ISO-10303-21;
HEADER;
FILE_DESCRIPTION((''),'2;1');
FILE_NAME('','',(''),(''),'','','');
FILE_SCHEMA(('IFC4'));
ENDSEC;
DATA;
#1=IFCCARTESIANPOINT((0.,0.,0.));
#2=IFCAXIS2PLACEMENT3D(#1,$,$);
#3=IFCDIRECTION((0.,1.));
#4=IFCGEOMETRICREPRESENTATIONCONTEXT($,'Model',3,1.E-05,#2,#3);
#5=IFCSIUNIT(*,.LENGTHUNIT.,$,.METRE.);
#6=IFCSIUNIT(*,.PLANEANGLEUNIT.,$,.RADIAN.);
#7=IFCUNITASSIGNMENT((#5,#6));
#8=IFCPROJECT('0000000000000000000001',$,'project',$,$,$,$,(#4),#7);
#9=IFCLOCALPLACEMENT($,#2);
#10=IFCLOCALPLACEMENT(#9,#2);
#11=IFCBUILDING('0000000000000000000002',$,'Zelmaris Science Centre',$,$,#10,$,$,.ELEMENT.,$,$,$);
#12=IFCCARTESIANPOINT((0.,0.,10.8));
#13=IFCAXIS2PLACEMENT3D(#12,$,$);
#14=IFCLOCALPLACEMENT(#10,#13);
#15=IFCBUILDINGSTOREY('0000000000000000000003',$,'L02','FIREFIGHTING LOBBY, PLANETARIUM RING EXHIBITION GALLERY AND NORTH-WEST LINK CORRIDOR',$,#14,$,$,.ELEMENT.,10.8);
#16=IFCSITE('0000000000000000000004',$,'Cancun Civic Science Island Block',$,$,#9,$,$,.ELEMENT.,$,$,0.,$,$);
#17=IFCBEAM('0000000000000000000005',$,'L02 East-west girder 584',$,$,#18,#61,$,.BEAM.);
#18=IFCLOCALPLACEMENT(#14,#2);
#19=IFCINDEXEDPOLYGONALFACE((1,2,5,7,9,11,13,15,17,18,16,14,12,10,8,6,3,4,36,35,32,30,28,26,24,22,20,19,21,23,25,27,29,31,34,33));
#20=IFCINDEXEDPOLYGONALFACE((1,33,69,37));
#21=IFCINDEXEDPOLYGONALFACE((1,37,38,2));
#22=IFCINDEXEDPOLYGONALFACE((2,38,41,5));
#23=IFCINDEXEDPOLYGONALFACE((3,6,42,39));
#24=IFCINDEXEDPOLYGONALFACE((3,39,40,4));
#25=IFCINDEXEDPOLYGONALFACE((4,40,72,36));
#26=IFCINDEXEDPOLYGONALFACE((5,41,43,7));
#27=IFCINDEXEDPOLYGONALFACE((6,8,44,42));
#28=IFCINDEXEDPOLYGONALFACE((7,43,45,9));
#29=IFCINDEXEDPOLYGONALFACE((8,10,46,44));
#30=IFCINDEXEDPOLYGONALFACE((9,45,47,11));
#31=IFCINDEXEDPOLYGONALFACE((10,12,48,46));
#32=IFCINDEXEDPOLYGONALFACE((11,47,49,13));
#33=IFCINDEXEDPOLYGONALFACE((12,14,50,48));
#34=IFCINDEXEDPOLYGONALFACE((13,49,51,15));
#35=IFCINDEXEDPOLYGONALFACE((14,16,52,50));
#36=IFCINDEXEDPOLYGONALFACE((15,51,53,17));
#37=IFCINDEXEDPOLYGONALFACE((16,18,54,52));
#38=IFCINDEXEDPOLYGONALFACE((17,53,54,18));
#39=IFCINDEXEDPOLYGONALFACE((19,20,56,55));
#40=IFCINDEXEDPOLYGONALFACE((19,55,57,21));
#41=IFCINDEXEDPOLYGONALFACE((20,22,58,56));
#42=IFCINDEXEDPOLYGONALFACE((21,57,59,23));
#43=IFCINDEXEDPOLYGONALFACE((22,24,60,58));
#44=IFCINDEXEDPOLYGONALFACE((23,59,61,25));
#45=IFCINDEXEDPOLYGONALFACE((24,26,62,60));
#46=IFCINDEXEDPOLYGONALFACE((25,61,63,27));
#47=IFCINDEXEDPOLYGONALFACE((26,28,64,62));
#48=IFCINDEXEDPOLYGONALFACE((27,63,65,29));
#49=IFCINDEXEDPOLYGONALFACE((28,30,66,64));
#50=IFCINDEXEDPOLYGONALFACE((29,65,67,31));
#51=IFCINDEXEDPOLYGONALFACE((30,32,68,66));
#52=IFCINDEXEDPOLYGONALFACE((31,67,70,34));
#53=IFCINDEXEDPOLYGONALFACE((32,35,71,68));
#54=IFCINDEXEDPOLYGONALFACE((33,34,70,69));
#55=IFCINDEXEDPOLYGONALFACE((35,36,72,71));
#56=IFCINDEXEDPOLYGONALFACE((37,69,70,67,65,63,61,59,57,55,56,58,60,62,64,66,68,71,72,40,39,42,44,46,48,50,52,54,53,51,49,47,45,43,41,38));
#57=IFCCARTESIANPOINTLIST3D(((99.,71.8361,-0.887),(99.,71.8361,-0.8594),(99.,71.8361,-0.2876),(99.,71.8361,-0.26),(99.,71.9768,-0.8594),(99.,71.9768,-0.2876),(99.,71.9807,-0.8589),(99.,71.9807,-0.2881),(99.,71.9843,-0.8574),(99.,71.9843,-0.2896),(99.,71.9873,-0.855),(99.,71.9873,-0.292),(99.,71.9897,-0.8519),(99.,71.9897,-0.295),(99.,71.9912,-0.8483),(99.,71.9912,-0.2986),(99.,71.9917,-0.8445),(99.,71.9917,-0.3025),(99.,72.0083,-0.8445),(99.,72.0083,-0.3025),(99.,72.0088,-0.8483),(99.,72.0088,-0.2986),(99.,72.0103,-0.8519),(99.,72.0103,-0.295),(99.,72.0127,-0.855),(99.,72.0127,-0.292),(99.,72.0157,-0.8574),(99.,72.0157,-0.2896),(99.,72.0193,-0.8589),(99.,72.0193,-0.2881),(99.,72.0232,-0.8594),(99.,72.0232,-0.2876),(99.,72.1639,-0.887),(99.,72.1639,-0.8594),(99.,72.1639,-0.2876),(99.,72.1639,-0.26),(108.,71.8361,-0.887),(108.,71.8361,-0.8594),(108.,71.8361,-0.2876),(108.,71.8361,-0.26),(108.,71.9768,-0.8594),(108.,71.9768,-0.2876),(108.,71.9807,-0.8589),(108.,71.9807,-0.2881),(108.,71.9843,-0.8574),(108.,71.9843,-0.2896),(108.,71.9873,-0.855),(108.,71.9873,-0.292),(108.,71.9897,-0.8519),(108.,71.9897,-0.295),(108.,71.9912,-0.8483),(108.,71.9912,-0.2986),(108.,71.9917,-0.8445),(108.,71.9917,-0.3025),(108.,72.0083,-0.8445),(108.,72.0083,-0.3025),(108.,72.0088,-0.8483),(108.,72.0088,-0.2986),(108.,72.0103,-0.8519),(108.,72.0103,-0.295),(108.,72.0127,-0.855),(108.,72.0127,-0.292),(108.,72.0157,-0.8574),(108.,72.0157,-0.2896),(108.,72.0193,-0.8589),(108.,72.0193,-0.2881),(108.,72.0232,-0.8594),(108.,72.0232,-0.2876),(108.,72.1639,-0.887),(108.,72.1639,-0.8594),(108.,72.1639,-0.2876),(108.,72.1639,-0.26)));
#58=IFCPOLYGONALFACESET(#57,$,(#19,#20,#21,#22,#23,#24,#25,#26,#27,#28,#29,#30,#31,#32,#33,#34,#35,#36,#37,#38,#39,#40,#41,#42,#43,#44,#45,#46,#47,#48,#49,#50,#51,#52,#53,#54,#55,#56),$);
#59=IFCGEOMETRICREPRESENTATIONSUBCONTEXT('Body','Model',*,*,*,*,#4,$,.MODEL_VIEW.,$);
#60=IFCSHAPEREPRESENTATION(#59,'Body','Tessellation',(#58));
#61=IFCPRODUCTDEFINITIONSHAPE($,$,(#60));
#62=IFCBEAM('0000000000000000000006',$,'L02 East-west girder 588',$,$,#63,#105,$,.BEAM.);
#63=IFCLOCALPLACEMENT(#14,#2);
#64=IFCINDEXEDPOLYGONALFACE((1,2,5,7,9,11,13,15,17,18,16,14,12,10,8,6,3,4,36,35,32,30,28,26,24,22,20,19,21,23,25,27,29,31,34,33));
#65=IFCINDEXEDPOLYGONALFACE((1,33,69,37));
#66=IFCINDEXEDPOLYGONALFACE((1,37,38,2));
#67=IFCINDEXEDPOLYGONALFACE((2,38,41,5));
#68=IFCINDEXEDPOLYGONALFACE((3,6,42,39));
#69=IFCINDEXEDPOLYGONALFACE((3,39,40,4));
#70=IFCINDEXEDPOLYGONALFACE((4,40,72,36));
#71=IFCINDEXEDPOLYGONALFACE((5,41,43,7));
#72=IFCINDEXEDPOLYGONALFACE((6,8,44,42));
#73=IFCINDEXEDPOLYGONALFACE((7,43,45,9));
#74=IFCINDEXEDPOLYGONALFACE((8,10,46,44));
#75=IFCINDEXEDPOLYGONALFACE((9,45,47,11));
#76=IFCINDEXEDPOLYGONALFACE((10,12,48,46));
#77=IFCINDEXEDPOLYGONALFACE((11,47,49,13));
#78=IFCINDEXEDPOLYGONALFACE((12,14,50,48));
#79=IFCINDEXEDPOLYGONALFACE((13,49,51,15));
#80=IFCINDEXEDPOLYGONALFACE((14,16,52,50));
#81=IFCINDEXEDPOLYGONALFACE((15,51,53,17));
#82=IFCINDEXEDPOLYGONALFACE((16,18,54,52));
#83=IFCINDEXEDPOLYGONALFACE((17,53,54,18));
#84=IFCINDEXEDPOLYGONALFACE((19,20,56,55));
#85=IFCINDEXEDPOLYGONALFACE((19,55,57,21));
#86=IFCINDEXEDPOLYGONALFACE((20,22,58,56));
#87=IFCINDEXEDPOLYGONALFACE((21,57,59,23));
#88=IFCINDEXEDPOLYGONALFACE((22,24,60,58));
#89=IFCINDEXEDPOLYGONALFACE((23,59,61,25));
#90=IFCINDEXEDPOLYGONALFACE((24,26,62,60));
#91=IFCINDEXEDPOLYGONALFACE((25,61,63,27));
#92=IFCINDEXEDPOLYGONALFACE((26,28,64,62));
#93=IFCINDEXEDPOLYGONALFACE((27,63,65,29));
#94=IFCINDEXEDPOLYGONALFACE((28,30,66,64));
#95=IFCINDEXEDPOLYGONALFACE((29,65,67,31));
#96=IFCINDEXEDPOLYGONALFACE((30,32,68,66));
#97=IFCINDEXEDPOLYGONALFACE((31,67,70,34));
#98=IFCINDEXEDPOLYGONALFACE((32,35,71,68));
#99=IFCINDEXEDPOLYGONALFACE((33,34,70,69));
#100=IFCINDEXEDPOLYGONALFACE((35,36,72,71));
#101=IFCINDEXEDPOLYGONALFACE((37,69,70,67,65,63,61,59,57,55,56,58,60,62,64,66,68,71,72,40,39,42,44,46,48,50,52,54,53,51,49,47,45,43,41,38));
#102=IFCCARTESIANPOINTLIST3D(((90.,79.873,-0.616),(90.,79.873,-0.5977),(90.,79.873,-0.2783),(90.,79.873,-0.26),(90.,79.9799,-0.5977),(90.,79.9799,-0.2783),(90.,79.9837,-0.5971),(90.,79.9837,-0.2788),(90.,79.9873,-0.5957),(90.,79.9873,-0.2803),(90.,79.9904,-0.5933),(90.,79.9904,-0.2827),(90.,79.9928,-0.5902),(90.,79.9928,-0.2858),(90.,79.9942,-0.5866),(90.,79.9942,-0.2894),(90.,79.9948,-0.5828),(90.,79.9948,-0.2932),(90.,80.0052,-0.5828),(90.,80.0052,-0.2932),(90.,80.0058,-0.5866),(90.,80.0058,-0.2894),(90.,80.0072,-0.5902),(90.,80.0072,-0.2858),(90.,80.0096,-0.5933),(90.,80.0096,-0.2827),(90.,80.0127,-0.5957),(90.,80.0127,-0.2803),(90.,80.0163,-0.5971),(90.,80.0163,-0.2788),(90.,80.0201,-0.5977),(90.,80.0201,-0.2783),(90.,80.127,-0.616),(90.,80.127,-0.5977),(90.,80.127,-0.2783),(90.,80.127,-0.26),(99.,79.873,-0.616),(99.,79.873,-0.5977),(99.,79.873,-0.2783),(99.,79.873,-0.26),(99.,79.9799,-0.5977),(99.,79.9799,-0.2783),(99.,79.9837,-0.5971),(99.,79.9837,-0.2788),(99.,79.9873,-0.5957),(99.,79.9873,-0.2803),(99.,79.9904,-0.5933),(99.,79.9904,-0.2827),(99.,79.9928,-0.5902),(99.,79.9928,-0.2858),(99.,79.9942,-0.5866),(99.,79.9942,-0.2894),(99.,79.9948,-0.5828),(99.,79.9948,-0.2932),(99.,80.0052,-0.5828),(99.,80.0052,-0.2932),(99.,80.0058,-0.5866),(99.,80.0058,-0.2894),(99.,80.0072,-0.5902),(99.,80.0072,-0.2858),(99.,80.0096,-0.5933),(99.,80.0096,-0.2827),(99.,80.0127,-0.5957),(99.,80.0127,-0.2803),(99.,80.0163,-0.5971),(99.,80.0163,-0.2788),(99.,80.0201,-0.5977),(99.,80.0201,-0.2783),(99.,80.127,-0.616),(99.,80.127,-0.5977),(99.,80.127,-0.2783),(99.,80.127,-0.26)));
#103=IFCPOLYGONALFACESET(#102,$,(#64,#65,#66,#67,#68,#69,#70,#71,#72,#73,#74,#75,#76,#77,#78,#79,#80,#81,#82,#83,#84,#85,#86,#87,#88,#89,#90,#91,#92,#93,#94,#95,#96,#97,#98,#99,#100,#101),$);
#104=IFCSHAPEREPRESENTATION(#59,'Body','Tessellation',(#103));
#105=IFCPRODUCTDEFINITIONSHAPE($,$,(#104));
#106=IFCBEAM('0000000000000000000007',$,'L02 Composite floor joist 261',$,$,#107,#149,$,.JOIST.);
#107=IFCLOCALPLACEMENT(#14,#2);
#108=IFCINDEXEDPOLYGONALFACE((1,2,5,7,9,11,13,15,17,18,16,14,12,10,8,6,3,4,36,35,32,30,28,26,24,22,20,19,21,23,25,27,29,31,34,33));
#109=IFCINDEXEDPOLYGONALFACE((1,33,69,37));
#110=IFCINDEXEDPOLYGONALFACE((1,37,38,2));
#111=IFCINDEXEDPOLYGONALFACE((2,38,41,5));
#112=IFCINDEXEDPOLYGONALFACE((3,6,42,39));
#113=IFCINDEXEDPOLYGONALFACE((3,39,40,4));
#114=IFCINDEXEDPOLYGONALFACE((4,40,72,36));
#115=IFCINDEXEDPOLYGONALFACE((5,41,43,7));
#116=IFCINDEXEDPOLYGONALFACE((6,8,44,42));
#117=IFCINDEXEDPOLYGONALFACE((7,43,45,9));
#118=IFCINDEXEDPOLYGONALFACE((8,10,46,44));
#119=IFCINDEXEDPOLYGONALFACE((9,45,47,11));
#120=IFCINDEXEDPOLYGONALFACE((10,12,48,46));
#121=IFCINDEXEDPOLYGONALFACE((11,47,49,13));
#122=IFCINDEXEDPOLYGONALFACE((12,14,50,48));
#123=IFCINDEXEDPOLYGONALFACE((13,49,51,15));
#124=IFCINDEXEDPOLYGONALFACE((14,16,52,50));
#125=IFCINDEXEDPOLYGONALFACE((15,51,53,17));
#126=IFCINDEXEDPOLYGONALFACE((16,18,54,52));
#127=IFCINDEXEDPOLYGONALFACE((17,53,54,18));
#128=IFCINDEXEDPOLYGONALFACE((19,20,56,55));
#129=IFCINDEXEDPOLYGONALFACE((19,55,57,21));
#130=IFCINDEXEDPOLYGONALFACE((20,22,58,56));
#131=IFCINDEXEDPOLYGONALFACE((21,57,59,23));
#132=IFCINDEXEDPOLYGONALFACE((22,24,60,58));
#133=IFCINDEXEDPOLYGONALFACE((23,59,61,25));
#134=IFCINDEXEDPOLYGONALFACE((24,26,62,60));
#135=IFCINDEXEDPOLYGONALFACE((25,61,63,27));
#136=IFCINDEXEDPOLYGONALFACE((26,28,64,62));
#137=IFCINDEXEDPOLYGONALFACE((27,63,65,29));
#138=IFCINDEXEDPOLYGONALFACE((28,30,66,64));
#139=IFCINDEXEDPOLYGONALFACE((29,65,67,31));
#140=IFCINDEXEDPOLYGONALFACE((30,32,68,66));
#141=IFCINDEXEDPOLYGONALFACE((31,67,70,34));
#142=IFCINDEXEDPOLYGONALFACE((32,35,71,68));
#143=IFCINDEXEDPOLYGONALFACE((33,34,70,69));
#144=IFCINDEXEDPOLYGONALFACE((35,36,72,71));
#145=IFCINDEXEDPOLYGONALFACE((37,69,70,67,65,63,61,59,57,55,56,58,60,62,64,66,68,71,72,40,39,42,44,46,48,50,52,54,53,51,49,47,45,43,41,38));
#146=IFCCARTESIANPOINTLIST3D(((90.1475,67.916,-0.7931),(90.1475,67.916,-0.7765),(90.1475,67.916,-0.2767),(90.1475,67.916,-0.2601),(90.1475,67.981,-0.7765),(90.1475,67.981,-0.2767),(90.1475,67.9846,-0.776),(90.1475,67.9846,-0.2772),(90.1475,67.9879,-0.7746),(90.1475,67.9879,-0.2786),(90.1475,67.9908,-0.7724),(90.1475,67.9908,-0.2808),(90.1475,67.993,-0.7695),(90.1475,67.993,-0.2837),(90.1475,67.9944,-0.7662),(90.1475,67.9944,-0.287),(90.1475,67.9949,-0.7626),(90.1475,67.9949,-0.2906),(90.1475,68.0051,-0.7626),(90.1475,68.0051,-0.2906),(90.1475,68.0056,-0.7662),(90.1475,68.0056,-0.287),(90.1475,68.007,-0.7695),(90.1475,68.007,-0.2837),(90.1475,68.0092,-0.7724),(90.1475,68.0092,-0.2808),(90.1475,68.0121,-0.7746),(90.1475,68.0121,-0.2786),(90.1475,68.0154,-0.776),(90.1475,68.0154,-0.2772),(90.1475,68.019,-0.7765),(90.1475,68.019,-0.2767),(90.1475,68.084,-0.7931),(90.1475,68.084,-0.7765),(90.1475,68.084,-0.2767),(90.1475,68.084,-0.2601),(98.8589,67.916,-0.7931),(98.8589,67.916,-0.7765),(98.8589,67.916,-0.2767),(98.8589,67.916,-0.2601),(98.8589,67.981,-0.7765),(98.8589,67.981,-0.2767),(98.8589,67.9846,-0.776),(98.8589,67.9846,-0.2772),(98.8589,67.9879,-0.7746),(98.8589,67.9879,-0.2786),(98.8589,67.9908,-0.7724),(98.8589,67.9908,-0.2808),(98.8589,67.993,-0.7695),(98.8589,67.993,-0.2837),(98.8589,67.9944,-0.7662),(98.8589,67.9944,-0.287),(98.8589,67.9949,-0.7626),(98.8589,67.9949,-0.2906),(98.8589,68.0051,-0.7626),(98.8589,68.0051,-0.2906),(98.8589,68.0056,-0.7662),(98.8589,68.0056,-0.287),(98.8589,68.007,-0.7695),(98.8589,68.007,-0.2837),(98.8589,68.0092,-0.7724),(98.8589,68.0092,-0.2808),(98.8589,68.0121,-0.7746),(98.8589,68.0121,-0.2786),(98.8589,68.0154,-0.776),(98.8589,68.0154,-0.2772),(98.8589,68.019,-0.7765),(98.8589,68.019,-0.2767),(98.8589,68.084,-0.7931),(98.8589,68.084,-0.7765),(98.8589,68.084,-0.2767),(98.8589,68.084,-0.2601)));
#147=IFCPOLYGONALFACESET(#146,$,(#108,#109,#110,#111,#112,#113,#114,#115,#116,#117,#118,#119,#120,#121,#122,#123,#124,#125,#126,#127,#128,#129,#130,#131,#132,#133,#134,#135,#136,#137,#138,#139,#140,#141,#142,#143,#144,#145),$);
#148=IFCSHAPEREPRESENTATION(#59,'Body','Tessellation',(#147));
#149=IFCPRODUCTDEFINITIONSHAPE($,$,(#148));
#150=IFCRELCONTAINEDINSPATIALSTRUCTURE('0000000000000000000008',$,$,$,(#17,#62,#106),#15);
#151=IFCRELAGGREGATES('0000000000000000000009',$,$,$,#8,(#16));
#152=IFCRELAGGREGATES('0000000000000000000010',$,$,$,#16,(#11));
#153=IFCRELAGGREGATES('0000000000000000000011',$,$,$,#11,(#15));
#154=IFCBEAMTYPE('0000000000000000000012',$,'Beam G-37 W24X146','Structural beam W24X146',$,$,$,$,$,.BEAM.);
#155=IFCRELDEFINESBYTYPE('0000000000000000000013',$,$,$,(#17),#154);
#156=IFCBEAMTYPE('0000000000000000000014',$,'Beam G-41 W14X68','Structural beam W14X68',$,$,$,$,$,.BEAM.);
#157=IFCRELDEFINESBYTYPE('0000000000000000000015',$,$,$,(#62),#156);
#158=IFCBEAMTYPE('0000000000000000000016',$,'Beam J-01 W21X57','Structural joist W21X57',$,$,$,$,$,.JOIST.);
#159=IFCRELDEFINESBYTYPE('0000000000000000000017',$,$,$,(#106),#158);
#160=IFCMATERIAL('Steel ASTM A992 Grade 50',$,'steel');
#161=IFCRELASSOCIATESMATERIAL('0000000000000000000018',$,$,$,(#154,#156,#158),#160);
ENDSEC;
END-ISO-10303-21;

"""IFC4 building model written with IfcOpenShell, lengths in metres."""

from ifc_helpers import new_model, si_unit, direction, frame, origin, origin_2d, place, context, subcontext, project, spatial, i_section, extrude, material, material_profile, profile_set, type_object, element, save


model = new_model("IFC4")

# Units and contexts
model_context = context("Model", 3, precision=1e-05, world=origin(), true_north=direction((0.0, 1.0)))
body_context = subcontext(model_context, "Body", "Model", "MODEL_VIEW")
ifc_project = project(units=[si_unit("LENGTHUNIT", "METRE"), si_unit("PLANEANGLEUNIT", "RADIAN")], contexts=[model_context])

# Site, building, storey
site_placement = place(None, origin())
site = spatial("IfcSite", under=ifc_project, at=site_placement, Name="Cancun Civic Science Island Block", CompositionType="ELEMENT", RefElevation=0.0)
building_placement = place(site_placement, origin())
building = spatial("IfcBuilding", under=site, at=building_placement, Name="Zelmaris Science Centre", CompositionType="ELEMENT")
storey_placement = place(building_placement, frame((0.0, 0.0, 10.8)))
storey = spatial("IfcBuildingStorey", under=building, at=storey_placement, Name="L02", Description="FIREFIGHTING LOBBY, PLANETARIUM RING EXHIBITION GALLERY AND NORTH-WEST LINK CORRIDOR", CompositionType="ELEMENT", Elevation=10.8)

# Shared definitions
ifc_material_1 = material(Name="Steel ASTM A992 Grade 50", Category="steel")

# Beams
ifc_material_profile_1 = material_profile(ifc_material_1, i_section(OverallWidth=0.3279, OverallDepth=0.627, WebThickness=0.0166, FlangeThickness=0.0276, FilletRadius=0.0149, at=origin_2d()), Name="W24X146")
ifc_profile_set_1 = profile_set([ifc_material_profile_1], Name="Steel ASTM A992 Grade 50")
beam_type_1 = type_object("IfcBeamType", Name="Beam G-37 W24X146", Description="Structural beam W24X146", PredefinedType="BEAM", material=ifc_profile_set_1)
beam_1_placement = place(storey_placement, frame((99.0, 72.0, -0.5735), z_axis=(1.0, 0.0, 0.0), x_axis=(0.0, 1.0, 0.0)))
element("IfcBeam", 1, at=beam_1_placement, inside=storey, type_object=beam_type_1, Name="L02 East-west girder 584", PredefinedType="BEAM", context=body_context, shape_type="SweptSolid", body=[
    extrude(i_section(OverallWidth=0.3279, OverallDepth=0.627, WebThickness=0.0166, FlangeThickness=0.0276, FilletRadius=0.0149, at=origin_2d()), origin(), (0.0, 0.0, 1.0), 9.0),
])
ifc_material_profile_2 = material_profile(ifc_material_1, i_section(OverallWidth=0.2539, OverallDepth=0.356, WebThickness=0.0105, FlangeThickness=0.0183, FilletRadius=0.0149, at=origin_2d()), Name="W14X68")
ifc_profile_set_2 = profile_set([ifc_material_profile_2], Name="Steel ASTM A992 Grade 50")
beam_type_2 = type_object("IfcBeamType", Name="Beam G-41 W14X68", Description="Structural beam W14X68", PredefinedType="BEAM", material=ifc_profile_set_2)
beam_2_placement = place(storey_placement, frame((90.0, 80.0, -0.438), z_axis=(1.0, 0.0, 0.0), x_axis=(0.0, 1.0, 0.0)))
element("IfcBeam", 2, at=beam_2_placement, inside=storey, type_object=beam_type_2, Name="L02 East-west girder 588", PredefinedType="BEAM", context=body_context, shape_type="SweptSolid", body=[
    extrude(i_section(OverallWidth=0.2539, OverallDepth=0.356, WebThickness=0.0105, FlangeThickness=0.0183, FilletRadius=0.0149, at=origin_2d()), origin(), (0.0, 0.0, 1.0), 9.0),
])
ifc_material_profile_3 = material_profile(ifc_material_1, i_section(OverallWidth=0.168, OverallDepth=0.533, WebThickness=0.0103, FlangeThickness=0.0166, FilletRadius=0.0139, at=origin_2d()), Name="W21X57")
ifc_profile_set_3 = profile_set([ifc_material_profile_3], Name="Steel ASTM A992 Grade 50")
beam_type_3 = type_object("IfcBeamType", Name="Beam J-01 W21X57", Description="Structural joist W21X57", PredefinedType="JOIST", material=ifc_profile_set_3)
beam_3_placement = place(storey_placement, frame((90.1475, 68.0, -0.5266), z_axis=(1.0, 0.0, 0.0), x_axis=(0.0, 1.0, 0.0)))
element("IfcBeam", 3, at=beam_3_placement, inside=storey, type_object=beam_type_3, Name="L02 Composite floor joist 261", PredefinedType="JOIST", context=body_context, shape_type="SweptSolid", body=[
    extrude(i_section(OverallWidth=0.168, OverallDepth=0.533, WebThickness=0.0103, FlangeThickness=0.0166, FilletRadius=0.0139, at=origin_2d()), origin(), (0.0, 0.0, 1.0), 8.7114),
])

save(model, "model.ifc")
